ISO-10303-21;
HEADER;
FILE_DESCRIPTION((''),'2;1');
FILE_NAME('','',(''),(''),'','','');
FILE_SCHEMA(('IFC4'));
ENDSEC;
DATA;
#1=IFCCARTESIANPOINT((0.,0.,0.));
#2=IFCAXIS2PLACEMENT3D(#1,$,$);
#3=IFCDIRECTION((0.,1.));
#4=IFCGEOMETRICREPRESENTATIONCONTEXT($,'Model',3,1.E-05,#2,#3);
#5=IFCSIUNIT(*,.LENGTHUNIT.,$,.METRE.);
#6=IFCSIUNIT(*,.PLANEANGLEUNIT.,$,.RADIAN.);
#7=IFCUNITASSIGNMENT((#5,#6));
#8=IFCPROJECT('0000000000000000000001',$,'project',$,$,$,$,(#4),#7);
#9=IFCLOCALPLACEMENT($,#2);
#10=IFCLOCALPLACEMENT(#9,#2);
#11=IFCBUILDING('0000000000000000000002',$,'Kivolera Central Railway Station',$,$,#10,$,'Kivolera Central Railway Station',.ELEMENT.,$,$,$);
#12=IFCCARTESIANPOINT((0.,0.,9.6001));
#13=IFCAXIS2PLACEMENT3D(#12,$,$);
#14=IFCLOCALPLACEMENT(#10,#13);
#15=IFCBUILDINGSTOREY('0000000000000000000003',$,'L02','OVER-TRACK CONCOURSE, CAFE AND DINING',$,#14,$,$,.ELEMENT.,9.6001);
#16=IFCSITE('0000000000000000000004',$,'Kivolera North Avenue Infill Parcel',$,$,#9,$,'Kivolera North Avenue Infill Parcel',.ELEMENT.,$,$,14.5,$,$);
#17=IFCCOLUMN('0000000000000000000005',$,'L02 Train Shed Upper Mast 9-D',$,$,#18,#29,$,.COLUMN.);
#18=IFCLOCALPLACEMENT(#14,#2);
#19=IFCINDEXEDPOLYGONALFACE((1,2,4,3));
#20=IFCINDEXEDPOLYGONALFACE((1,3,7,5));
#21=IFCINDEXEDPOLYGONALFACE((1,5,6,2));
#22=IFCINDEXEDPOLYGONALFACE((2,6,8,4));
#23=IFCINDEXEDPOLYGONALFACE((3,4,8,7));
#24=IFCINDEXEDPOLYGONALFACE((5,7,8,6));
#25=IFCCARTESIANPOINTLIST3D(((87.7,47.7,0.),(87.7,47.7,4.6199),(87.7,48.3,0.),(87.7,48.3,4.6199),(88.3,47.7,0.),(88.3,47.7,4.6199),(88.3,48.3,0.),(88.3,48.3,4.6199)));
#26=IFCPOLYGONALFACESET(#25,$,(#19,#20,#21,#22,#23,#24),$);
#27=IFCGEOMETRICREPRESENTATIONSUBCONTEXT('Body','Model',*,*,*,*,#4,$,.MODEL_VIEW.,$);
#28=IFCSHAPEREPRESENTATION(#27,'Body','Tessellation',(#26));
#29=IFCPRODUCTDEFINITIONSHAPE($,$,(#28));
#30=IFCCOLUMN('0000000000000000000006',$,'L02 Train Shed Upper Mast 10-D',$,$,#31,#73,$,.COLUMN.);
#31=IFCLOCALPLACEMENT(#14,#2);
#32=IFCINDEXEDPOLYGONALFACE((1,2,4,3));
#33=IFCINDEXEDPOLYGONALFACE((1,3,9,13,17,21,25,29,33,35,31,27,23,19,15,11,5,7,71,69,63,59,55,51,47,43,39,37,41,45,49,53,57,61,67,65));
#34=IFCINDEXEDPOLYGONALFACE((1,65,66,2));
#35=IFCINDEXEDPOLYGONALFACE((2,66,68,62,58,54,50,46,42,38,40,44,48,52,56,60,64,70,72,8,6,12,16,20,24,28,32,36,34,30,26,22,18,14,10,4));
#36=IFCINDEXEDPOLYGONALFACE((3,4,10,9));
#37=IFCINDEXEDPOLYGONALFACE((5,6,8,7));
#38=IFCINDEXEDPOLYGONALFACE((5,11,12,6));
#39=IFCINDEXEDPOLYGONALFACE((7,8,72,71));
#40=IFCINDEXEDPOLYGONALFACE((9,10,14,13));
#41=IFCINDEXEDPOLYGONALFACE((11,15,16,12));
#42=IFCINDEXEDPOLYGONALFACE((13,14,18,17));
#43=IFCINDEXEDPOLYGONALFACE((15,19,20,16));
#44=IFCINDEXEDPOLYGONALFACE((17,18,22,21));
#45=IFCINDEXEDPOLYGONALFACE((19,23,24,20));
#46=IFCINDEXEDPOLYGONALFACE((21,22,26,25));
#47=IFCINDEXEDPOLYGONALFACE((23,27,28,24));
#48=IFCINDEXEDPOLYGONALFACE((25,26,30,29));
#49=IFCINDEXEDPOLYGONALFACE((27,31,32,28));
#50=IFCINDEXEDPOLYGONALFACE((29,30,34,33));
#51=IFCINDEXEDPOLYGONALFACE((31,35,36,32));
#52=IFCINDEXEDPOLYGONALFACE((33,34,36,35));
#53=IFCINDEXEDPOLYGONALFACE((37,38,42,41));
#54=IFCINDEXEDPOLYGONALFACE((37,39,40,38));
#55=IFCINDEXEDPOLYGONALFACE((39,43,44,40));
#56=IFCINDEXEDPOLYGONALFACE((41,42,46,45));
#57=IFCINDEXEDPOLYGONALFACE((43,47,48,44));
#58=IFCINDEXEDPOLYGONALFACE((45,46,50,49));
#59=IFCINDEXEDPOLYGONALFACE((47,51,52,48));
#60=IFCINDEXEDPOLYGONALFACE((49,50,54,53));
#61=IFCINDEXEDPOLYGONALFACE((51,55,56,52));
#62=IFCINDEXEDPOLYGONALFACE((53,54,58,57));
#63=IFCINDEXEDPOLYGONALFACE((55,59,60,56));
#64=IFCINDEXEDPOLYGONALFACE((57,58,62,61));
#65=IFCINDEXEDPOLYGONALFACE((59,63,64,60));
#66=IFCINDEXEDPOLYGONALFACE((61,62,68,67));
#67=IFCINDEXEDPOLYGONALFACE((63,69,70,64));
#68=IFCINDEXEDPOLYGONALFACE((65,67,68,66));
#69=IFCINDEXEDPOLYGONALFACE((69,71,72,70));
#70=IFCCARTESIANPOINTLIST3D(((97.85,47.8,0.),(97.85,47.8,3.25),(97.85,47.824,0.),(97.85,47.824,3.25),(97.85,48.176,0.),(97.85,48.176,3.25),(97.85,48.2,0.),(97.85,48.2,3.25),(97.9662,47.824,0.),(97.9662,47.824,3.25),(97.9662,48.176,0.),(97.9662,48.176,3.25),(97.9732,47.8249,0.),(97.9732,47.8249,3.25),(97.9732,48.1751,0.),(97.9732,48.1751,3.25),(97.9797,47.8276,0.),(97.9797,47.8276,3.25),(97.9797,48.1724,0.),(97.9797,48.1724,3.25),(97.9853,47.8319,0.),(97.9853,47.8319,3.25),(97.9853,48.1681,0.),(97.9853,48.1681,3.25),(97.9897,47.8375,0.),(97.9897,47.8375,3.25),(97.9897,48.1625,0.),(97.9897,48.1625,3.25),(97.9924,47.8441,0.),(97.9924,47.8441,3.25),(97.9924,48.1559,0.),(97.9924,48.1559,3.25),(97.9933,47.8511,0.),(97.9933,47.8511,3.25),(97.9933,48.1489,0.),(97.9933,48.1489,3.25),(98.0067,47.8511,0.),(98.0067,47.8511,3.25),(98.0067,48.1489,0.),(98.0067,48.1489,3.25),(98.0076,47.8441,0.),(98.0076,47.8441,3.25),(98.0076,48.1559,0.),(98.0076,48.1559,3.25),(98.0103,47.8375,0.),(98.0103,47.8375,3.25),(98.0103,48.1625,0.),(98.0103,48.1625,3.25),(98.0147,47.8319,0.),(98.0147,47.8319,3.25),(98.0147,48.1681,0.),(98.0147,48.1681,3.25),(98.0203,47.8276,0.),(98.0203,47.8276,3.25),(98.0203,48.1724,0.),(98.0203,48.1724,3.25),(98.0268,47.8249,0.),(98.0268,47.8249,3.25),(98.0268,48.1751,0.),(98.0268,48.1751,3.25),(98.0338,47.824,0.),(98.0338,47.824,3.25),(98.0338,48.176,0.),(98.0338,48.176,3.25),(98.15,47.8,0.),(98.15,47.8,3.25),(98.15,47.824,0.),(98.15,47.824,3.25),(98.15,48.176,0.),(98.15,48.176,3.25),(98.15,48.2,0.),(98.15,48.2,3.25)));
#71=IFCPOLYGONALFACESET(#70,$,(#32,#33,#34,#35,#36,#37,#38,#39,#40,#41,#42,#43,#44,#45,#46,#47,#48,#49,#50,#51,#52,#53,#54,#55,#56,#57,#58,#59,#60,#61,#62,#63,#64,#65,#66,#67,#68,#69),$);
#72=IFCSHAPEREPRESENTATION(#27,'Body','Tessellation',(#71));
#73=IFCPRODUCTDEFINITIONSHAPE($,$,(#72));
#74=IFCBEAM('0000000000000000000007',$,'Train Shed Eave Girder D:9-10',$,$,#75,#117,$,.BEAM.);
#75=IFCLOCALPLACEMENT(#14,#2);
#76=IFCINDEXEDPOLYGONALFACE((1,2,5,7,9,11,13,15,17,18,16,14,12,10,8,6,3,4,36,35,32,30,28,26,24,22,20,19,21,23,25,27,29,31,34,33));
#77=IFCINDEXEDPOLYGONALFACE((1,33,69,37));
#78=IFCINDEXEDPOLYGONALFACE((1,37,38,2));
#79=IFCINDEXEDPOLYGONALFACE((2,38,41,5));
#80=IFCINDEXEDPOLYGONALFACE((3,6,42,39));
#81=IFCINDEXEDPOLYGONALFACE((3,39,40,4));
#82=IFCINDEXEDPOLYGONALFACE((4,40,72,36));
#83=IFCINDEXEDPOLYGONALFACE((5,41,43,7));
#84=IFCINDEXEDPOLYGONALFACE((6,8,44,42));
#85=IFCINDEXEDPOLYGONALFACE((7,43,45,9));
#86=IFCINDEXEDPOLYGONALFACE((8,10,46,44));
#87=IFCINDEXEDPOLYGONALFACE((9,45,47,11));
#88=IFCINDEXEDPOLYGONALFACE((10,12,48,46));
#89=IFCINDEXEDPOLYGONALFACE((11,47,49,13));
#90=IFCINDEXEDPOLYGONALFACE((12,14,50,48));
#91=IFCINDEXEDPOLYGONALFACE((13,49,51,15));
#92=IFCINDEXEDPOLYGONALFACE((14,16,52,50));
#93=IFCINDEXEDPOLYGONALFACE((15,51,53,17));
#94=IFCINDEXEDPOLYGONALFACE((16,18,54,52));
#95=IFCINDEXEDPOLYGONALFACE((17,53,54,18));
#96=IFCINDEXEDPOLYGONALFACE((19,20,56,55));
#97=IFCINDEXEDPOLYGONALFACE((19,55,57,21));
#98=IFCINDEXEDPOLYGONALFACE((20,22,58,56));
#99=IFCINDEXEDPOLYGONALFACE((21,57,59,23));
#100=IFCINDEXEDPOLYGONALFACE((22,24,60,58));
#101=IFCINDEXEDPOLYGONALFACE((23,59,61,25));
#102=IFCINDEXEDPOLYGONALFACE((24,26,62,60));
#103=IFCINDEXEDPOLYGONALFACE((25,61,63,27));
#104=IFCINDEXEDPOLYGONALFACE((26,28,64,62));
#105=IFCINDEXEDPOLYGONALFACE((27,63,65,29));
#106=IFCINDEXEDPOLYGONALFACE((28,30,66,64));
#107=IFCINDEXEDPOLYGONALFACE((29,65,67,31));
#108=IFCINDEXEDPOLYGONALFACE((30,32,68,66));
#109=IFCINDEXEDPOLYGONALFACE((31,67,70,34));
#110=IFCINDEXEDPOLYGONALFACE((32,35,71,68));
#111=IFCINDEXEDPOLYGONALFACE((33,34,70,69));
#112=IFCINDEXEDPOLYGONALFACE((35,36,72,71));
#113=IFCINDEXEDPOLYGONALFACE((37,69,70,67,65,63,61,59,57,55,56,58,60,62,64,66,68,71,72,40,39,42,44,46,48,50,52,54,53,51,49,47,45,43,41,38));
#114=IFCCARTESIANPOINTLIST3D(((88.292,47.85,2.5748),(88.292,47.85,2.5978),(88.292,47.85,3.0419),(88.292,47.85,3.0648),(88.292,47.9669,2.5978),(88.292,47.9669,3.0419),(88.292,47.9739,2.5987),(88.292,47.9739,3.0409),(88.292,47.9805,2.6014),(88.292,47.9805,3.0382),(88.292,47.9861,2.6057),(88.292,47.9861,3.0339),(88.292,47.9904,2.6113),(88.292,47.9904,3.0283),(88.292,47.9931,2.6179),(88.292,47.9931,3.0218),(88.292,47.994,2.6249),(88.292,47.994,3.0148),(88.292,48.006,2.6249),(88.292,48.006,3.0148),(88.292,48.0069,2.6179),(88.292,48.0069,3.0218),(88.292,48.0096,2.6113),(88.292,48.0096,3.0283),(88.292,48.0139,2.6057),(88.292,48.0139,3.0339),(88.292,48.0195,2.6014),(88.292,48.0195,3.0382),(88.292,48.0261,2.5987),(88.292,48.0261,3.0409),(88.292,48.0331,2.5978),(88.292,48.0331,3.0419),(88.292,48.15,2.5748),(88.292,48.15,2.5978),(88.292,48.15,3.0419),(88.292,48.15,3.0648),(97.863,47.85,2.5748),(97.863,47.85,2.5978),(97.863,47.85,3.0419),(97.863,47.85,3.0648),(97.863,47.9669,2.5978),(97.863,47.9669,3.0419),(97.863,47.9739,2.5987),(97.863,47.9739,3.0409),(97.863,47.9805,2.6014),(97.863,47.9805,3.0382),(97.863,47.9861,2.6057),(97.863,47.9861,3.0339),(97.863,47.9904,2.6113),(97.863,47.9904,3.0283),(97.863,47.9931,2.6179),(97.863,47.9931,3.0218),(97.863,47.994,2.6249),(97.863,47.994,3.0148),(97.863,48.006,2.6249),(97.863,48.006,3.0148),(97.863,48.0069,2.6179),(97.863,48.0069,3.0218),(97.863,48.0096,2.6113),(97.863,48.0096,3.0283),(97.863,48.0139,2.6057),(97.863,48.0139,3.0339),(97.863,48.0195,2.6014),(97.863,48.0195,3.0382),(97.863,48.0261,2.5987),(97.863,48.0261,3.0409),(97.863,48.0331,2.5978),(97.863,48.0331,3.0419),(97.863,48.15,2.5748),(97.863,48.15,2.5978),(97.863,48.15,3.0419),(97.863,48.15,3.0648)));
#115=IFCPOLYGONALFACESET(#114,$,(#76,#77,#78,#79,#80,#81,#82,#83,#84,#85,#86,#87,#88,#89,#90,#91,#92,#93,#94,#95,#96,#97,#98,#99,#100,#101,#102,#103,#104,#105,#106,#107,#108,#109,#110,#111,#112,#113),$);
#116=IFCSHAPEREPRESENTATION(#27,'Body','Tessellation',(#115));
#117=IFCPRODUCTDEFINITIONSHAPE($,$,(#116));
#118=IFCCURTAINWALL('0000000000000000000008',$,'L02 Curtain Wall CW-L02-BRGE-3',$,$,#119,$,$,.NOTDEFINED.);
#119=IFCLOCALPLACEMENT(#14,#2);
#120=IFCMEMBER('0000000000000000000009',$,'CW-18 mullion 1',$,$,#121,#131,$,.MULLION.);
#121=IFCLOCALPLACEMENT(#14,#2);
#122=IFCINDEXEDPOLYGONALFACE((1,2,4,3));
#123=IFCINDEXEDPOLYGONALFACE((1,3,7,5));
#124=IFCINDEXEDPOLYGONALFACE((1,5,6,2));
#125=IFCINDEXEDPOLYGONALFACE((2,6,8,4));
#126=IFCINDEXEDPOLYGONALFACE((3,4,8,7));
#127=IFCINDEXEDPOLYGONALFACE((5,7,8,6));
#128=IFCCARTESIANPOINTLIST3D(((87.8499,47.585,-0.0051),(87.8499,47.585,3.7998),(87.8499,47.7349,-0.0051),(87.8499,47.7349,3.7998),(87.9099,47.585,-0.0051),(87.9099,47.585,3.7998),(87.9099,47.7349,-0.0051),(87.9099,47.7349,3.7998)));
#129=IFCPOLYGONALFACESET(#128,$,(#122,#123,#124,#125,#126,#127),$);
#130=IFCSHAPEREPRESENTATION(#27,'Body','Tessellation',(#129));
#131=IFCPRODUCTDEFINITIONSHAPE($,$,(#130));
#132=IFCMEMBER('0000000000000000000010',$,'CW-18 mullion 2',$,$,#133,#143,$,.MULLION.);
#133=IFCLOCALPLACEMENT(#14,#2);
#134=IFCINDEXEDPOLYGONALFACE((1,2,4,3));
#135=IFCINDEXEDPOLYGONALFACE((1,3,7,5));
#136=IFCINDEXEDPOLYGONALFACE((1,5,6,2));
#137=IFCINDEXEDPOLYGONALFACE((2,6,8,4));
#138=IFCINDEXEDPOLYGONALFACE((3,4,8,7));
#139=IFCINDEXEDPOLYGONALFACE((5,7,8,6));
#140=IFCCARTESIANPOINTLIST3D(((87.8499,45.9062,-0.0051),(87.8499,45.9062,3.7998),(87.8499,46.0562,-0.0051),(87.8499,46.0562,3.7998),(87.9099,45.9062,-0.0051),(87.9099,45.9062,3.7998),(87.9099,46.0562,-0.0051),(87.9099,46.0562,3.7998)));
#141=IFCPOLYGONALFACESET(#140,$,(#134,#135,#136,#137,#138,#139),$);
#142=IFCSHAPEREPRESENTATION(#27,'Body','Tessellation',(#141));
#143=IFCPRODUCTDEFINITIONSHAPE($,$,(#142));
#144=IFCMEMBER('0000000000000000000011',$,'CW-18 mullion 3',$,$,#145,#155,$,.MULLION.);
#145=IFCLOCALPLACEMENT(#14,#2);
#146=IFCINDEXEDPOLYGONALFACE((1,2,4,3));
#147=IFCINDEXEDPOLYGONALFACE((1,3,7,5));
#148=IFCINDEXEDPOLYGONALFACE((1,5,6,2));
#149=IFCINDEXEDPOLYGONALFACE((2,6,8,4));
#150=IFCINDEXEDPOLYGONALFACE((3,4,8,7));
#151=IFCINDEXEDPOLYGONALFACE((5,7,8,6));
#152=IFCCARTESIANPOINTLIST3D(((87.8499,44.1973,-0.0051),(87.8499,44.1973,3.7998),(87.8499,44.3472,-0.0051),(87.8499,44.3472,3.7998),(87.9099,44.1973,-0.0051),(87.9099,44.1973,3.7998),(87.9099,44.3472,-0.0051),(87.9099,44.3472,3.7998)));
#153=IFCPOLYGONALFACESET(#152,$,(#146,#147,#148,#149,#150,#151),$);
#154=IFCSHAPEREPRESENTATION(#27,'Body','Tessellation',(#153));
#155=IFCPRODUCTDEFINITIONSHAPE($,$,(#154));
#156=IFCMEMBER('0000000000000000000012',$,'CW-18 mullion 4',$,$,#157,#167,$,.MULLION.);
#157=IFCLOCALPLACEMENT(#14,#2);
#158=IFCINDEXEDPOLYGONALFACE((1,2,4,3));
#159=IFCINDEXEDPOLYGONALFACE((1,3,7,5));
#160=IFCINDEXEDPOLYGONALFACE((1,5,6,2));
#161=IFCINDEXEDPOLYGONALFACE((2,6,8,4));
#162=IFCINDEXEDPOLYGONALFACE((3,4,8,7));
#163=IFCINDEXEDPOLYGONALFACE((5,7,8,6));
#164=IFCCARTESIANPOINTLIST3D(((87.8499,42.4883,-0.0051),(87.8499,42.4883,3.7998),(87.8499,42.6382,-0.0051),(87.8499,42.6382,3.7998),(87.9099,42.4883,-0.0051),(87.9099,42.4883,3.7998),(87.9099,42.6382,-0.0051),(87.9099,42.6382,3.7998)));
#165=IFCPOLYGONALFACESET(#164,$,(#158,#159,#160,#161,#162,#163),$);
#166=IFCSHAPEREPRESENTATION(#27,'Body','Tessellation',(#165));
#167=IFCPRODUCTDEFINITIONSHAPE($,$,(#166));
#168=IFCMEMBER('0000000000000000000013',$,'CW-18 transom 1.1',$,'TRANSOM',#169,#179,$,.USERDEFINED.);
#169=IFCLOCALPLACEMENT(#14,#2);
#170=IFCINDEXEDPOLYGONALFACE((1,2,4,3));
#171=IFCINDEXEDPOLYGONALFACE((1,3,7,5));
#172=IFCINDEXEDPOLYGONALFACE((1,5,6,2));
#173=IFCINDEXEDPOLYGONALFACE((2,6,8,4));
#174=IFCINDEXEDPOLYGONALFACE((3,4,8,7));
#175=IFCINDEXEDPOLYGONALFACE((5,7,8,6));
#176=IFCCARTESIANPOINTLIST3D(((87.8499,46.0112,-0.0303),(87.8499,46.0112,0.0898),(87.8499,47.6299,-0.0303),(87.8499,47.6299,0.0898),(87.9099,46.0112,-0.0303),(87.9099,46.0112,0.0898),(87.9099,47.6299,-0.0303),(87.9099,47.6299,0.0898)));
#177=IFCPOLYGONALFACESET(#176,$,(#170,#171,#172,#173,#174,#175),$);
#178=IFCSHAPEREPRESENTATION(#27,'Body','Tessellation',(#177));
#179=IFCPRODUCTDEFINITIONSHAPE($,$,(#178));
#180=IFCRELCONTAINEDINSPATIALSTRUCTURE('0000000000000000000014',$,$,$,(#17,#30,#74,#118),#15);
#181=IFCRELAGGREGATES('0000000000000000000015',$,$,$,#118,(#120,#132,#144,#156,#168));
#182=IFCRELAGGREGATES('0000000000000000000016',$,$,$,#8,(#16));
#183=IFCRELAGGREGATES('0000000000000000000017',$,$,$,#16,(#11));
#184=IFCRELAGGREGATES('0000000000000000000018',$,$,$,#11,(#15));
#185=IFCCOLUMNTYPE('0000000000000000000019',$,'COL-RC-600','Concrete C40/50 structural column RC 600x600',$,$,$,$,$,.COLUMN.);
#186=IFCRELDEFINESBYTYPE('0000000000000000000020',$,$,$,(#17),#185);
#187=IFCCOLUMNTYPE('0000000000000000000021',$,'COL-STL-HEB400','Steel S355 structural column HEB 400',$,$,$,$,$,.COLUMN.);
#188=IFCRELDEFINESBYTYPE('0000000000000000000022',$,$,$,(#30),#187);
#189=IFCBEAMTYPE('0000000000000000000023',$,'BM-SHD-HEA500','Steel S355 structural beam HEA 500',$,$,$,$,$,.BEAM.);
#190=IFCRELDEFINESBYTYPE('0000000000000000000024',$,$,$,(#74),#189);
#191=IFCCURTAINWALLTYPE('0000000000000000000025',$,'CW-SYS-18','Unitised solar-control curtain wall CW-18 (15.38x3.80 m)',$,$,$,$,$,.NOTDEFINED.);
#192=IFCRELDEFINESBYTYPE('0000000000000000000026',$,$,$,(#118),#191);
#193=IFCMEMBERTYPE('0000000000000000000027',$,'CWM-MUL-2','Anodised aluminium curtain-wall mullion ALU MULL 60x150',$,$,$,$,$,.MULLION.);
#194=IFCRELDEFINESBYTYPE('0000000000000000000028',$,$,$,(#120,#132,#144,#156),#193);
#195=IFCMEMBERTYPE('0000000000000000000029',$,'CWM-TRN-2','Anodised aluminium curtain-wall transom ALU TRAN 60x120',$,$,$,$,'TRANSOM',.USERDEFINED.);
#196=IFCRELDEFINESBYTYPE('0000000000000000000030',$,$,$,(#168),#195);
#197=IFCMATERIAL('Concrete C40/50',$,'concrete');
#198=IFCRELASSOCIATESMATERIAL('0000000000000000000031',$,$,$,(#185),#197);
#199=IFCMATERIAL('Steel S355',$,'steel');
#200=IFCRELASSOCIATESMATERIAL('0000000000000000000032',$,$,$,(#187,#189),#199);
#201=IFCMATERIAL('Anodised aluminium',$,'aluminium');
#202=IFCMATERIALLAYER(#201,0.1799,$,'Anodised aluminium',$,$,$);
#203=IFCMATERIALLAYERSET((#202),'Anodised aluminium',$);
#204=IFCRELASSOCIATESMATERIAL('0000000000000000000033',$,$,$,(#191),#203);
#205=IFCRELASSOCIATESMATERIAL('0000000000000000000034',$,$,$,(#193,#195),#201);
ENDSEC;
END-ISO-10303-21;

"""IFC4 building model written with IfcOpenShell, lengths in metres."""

from ifc_helpers import new_model, si_unit, direction, frame, origin, origin_2d, place, context, subcontext, project, spatial, rectangle, i_section, extrude, material, layer, layer_set, material_profile, profile_set, type_object, element, aggregate, save


model = new_model("IFC4")

# Units and contexts
model_context = context("Model", 3, precision=1e-05, world=origin(), true_north=direction((0.0, 1.0)))
body_context = subcontext(model_context, "Body", "Model", "MODEL_VIEW")
ifc_project = project(units=[si_unit("LENGTHUNIT", "METRE"), si_unit("PLANEANGLEUNIT", "RADIAN")], contexts=[model_context])

# Site, building, storey
site_placement = place(None, origin())
site = spatial("IfcSite", under=ifc_project, at=site_placement, Name="Kivolera North Avenue Infill Parcel", LongName="Kivolera North Avenue Infill Parcel", CompositionType="ELEMENT", RefElevation=14.5)
building_placement = place(site_placement, origin())
building = spatial("IfcBuilding", under=site, at=building_placement, Name="Kivolera Central Railway Station", LongName="Kivolera Central Railway Station", CompositionType="ELEMENT")
storey_placement = place(building_placement, frame((0.0, 0.0, 9.6001)))
storey = spatial("IfcBuildingStorey", under=building, at=storey_placement, Name="L02", Description="OVER-TRACK CONCOURSE, CAFE AND DINING", CompositionType="ELEMENT", Elevation=9.6001)

# Columns
ifc_material_1 = material(Name="Concrete C40/50", Category="concrete")
ifc_material_profile_1 = material_profile(ifc_material_1, rectangle(XDim=0.6001, YDim=0.6001, at=origin_2d()), Name="RC 600x600")
ifc_profile_set_1 = profile_set([ifc_material_profile_1], Name="Concrete C40/50")
column_type_1 = type_object("IfcColumnType", Name="COL-RC-600", Description="Concrete C40/50 structural column RC 600x600", PredefinedType="COLUMN", material=ifc_profile_set_1)
column_1_placement = place(storey_placement, frame((88.0, 48.0, 0.0), z_axis=(0.0, 0.0, 1.0), x_axis=(1.0, 0.0, 0.0)))
element("IfcColumn", 1, at=column_1_placement, inside=storey, type_object=column_type_1, Name="L02 Train Shed Upper Mast 9-D", PredefinedType="COLUMN", context=body_context, shape_type="SweptSolid", body=[
    extrude(rectangle(XDim=0.6001, YDim=0.6001, at=origin_2d()), origin(), (0.0, 0.0, 1.0), 4.6199),
])
ifc_material_2 = material(Name="Steel S355", Category="steel")
ifc_material_profile_2 = material_profile(ifc_material_2, i_section(OverallWidth=0.3, OverallDepth=0.3999, WebThickness=0.0134, FlangeThickness=0.0239, FilletRadius=0.0271, at=origin_2d()), Name="HEB 400")
ifc_profile_set_2 = profile_set([ifc_material_profile_2], Name="Steel S355")
column_type_2 = type_object("IfcColumnType", Name="COL-STL-HEB400", Description="Steel S355 structural column HEB 400", PredefinedType="COLUMN", material=ifc_profile_set_2)
column_2_placement = place(storey_placement, frame((98.0, 48.0, 0.0), z_axis=(0.0, 0.0, 1.0), x_axis=(1.0, 0.0, 0.0)))
element("IfcColumn", 2, at=column_2_placement, inside=storey, type_object=column_type_2, Name="L02 Train Shed Upper Mast 10-D", PredefinedType="COLUMN", context=body_context, shape_type="SweptSolid", body=[
    extrude(i_section(OverallWidth=0.3, OverallDepth=0.3999, WebThickness=0.0134, FlangeThickness=0.0239, FilletRadius=0.0271, at=origin_2d()), origin(), (0.0, 0.0, 1.0), 3.25),
])

# Beam
ifc_material_profile_3 = material_profile(ifc_material_2, i_section(OverallWidth=0.3, OverallDepth=0.49, WebThickness=0.012, FlangeThickness=0.0229, FilletRadius=0.0271, at=origin_2d()), Name="HEA 500")
ifc_profile_set_3 = profile_set([ifc_material_profile_3], Name="Steel S355")
beam_type = type_object("IfcBeamType", Name="BM-SHD-HEA500", Description="Steel S355 structural beam HEA 500", PredefinedType="BEAM", material=ifc_profile_set_3)
beam_placement = place(storey_placement, frame((88.292, 48.0, 2.8198), z_axis=(1.0, 0.0, 0.0), x_axis=(0.0, 1.0, 0.0)))
element("IfcBeam", 3, at=beam_placement, inside=storey, type_object=beam_type, Name="Train Shed Eave Girder D:9-10", PredefinedType="BEAM", context=body_context, shape_type="SweptSolid", body=[
    extrude(i_section(OverallWidth=0.3, OverallDepth=0.49, WebThickness=0.012, FlangeThickness=0.0229, FilletRadius=0.0271, at=origin_2d()), origin(), (0.0, 0.0, 1.0), 9.571),
])

# Curtain wall, members
ifc_material_3 = material(Name="Anodised aluminium", Category="aluminium")
ifc_layer_1 = layer(ifc_material_3, 0.1799, Name="Anodised aluminium")
ifc_layer_set_1 = layer_set([ifc_layer_1], Name="Anodised aluminium")
curtain_wall_type = type_object("IfcCurtainWallType", Name="CW-SYS-18", Description="Unitised solar-control curtain wall CW-18 (15.38x3.80 m)", PredefinedType="NOTDEFINED", material=ifc_layer_set_1)
curtain_wall_placement = place(storey_placement, origin())
curtain_wall = element("IfcCurtainWall", 4, at=curtain_wall_placement, inside=storey, type_object=curtain_wall_type, Name="L02 Curtain Wall CW-L02-BRGE-3", PredefinedType="NOTDEFINED")
ifc_material_profile_4 = material_profile(ifc_material_3, rectangle(XDim=0.0601, YDim=0.1499, at=origin_2d()), Name="ALU MULL 60x150")
ifc_profile_set_4 = profile_set([ifc_material_profile_4], Name="Anodised aluminium")
member_type_1 = type_object("IfcMemberType", Name="CWM-MUL-2", Description="Anodised aluminium curtain-wall mullion ALU MULL 60x150", PredefinedType="MULLION", material=ifc_profile_set_4)
member_1_placement = place(storey_placement, frame((87.8799, 47.6599, -0.0051), z_axis=(0.0, 0.0, 1.0), x_axis=(1.0, 0.0, 0.0)))
member_1 = element("IfcMember", 5, at=member_1_placement, type_object=member_type_1, Name="CW-18 mullion 1", PredefinedType="MULLION", context=body_context, shape_type="SweptSolid", body=[
    extrude(rectangle(XDim=0.0601, YDim=0.1499, at=origin_2d()), origin(), (0.0, 0.0, 1.0), 3.8049),
])
member_2_placement = place(storey_placement, frame((87.8799, 45.9812, -0.0051), z_axis=(0.0, 0.0, 1.0), x_axis=(1.0, 0.0, 0.0)))
member_2 = element("IfcMember", 6, at=member_2_placement, type_object=member_type_1, Name="CW-18 mullion 2", PredefinedType="MULLION", context=body_context, shape_type="SweptSolid", body=[
    extrude(rectangle(XDim=0.0601, YDim=0.1499, at=origin_2d()), origin(), (0.0, 0.0, 1.0), 3.8049),
])
member_3_placement = place(storey_placement, frame((87.8799, 44.2722, -0.0051), z_axis=(0.0, 0.0, 1.0), x_axis=(1.0, 0.0, 0.0)))
member_3 = element("IfcMember", 7, at=member_3_placement, type_object=member_type_1, Name="CW-18 mullion 3", PredefinedType="MULLION", context=body_context, shape_type="SweptSolid", body=[
    extrude(rectangle(XDim=0.0601, YDim=0.1499, at=origin_2d()), origin(), (0.0, 0.0, 1.0), 3.8049),
])
member_4_placement = place(storey_placement, frame((87.8799, 42.5632, -0.0051), z_axis=(0.0, 0.0, 1.0), x_axis=(1.0, 0.0, 0.0)))
member_4 = element("IfcMember", 8, at=member_4_placement, type_object=member_type_1, Name="CW-18 mullion 4", PredefinedType="MULLION", context=body_context, shape_type="SweptSolid", body=[
    extrude(rectangle(XDim=0.0601, YDim=0.1499, at=origin_2d()), origin(), (0.0, 0.0, 1.0), 3.8049),
])
ifc_material_profile_5 = material_profile(ifc_material_3, rectangle(XDim=0.0601, YDim=0.1201, at=origin_2d()), Name="ALU TRAN 60x120")
ifc_profile_set_5 = profile_set([ifc_material_profile_5], Name="Anodised aluminium")
member_type_2 = type_object("IfcMemberType", Name="CWM-TRN-2", Description="Anodised aluminium curtain-wall transom ALU TRAN 60x120", ElementType="TRANSOM", PredefinedType="USERDEFINED", material=ifc_profile_set_5)
member_5_placement = place(storey_placement, frame((87.8799, 47.6299, 0.0298), z_axis=(0.0, -1.0, 0.0), x_axis=(1.0, 0.0, 0.0)))
member_5 = element("IfcMember", 9, at=member_5_placement, type_object=member_type_2, Name="CW-18 transom 1.1", ObjectType="TRANSOM", PredefinedType="USERDEFINED", context=body_context, shape_type="SweptSolid", body=[
    extrude(rectangle(XDim=0.0601, YDim=0.1201, at=origin_2d()), origin(), (0.0, 0.0, 1.0), 1.6187),
])
aggregate(curtain_wall, [member_1, member_2, member_3, member_4, member_5])

save(model, "model.ifc")
